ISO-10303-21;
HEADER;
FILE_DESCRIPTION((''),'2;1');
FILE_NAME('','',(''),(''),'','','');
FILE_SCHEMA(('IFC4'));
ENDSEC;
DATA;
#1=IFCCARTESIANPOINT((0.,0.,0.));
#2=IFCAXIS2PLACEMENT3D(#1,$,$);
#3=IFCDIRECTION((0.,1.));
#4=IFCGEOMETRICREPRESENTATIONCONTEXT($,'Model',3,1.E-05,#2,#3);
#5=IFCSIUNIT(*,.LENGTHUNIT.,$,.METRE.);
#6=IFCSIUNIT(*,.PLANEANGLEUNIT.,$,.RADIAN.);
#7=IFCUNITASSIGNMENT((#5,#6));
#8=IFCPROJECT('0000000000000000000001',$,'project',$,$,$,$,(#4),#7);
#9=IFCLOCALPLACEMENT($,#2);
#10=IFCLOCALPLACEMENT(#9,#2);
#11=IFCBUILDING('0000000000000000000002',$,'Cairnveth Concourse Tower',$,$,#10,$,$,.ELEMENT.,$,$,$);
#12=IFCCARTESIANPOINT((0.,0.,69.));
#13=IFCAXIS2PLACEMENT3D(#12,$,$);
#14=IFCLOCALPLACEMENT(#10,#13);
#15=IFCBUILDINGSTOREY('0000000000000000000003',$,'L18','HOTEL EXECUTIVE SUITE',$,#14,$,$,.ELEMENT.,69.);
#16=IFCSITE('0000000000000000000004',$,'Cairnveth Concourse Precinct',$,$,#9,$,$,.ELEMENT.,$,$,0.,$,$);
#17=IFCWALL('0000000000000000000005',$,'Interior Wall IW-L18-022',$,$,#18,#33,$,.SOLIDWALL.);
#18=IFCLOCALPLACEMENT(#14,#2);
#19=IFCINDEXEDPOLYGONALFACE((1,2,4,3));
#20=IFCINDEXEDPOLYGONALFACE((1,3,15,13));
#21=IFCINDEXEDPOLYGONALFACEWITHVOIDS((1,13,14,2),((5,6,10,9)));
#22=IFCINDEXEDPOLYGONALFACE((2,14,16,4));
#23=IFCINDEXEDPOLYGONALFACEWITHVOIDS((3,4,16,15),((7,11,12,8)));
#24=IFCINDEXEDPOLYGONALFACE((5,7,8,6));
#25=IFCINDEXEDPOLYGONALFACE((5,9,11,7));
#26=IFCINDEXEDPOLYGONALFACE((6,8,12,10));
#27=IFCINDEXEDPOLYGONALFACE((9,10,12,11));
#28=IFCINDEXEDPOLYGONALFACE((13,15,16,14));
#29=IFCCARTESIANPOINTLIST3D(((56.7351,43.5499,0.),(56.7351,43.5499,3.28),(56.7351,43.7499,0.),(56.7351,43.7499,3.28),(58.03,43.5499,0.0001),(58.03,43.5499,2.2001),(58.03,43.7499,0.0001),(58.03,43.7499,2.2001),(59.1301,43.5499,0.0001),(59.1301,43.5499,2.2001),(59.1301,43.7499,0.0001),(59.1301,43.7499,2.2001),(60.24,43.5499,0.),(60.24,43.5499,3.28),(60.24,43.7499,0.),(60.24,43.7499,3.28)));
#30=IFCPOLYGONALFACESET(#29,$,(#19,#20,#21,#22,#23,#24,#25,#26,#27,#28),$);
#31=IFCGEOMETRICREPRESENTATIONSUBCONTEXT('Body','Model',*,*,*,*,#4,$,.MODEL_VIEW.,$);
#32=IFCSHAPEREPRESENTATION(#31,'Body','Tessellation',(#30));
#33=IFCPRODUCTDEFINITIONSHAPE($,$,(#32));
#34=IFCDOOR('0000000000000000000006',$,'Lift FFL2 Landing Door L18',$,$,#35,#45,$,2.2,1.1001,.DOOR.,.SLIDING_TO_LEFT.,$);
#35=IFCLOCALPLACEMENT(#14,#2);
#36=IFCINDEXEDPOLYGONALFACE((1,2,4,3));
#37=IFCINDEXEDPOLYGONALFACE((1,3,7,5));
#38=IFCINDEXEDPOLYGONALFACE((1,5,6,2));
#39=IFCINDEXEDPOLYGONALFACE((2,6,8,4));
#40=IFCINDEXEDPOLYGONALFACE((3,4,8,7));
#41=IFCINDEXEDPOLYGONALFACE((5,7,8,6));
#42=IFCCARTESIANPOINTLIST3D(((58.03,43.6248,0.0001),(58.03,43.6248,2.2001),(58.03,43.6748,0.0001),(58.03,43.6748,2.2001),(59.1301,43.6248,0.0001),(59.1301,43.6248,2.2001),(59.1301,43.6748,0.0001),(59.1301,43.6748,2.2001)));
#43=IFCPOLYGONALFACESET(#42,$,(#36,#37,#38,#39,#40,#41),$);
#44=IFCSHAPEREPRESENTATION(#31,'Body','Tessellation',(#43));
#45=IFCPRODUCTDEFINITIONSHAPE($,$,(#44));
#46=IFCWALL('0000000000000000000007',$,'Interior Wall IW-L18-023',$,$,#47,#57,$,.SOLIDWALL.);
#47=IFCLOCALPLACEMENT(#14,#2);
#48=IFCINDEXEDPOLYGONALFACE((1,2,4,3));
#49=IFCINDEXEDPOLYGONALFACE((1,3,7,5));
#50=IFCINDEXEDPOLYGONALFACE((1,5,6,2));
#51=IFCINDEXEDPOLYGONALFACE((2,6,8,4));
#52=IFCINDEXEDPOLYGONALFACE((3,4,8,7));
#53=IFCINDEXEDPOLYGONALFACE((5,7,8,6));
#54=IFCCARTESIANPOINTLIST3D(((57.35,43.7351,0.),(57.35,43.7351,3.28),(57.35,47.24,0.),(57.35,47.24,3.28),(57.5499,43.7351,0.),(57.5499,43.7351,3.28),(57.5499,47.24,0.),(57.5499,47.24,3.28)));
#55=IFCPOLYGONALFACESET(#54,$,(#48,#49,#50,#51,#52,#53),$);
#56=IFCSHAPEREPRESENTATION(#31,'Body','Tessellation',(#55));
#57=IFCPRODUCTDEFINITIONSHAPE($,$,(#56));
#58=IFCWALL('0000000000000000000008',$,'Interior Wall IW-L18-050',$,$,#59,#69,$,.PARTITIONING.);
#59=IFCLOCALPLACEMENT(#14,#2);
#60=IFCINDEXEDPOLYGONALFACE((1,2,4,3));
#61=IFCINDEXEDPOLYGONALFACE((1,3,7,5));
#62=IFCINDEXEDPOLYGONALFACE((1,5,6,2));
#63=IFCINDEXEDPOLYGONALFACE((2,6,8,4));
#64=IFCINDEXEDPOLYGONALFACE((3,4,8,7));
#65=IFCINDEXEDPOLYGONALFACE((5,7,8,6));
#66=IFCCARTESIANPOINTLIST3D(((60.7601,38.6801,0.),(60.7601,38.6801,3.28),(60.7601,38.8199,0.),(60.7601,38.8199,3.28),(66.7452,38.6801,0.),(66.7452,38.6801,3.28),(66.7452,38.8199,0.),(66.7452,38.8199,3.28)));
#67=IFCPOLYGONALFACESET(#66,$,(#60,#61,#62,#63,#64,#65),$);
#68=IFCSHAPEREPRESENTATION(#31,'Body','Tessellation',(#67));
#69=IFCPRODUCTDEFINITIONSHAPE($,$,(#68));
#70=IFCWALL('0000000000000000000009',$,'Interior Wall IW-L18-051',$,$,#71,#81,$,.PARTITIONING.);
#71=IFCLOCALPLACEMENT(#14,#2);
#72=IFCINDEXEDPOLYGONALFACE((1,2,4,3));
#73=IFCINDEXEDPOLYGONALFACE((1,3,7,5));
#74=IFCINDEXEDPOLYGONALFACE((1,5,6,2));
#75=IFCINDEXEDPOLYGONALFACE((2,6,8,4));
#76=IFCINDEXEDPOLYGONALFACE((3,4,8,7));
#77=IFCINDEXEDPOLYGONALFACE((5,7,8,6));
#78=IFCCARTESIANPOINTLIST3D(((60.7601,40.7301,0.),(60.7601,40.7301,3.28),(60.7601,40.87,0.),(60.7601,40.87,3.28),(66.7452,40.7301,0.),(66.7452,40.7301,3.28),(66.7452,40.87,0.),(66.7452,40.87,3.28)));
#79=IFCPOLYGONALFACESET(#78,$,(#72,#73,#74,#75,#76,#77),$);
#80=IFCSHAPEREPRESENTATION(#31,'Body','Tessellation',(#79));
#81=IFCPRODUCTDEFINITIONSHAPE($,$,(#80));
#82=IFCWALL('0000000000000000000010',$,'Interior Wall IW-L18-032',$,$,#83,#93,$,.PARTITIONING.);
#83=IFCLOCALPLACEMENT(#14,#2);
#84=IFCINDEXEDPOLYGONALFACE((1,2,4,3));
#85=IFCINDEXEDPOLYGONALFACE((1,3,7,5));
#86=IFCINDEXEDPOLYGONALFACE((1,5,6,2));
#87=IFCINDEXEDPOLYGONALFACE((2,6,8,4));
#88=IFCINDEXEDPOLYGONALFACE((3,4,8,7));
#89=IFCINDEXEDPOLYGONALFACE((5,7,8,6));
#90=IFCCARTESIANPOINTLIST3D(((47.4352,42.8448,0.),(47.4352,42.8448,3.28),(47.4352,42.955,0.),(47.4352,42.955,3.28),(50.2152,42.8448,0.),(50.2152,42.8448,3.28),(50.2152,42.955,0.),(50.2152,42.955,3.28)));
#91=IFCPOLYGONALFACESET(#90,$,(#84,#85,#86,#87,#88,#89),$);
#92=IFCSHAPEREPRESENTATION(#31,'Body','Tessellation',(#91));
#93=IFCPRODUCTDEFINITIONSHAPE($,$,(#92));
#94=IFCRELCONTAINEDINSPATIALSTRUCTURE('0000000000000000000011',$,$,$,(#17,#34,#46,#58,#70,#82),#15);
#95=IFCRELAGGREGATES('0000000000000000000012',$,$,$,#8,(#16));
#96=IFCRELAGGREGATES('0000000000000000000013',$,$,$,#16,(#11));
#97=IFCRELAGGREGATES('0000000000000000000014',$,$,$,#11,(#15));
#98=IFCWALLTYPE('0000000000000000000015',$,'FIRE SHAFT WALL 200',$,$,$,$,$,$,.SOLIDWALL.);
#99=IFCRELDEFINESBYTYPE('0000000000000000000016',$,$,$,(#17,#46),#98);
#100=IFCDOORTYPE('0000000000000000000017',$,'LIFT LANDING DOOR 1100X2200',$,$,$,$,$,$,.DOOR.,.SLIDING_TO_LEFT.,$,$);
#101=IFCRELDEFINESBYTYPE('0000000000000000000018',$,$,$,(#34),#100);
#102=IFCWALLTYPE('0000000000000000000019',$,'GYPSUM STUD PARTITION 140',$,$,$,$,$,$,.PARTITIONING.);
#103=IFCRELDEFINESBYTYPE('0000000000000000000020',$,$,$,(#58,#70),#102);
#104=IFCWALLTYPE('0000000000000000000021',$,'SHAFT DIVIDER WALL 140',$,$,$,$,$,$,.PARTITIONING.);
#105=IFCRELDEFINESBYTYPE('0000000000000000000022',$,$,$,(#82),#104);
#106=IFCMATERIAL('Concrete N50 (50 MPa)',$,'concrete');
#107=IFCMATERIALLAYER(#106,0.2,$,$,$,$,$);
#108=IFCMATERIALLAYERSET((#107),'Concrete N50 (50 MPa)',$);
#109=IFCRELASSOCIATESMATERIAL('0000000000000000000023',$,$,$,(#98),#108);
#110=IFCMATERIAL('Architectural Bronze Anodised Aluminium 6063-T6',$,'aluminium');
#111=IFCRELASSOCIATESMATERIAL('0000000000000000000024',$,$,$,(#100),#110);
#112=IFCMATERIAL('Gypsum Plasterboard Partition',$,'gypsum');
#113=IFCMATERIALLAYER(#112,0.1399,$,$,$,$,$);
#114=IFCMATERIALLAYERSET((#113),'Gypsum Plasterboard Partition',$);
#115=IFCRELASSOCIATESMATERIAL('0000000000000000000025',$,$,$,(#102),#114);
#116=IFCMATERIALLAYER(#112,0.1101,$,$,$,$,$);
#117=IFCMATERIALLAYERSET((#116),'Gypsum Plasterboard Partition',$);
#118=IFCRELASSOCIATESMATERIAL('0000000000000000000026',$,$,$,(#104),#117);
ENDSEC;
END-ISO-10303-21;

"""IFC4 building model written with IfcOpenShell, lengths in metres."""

from ifc_helpers import new_model, si_unit, direction, frame, frame_2d, origin, place, context, subcontext, project, spatial, rectangle, extrude, material, layer, layer_set, type_object, element, fill, save


model = new_model("IFC4")

# Units and contexts
model_context = context("Model", 3, precision=1e-05, world=origin(), true_north=direction((0.0, 1.0)))
body_context = subcontext(model_context, "Body", "Model", "MODEL_VIEW")
ifc_project = project(units=[si_unit("LENGTHUNIT", "METRE"), si_unit("PLANEANGLEUNIT", "RADIAN")], contexts=[model_context])

# Site, building, storey
site_placement = place(None, origin())
site = spatial("IfcSite", under=ifc_project, at=site_placement, Name="Cairnveth Concourse Precinct", CompositionType="ELEMENT", RefElevation=0.0)
building_placement = place(site_placement, origin())
building = spatial("IfcBuilding", under=site, at=building_placement, Name="Cairnveth Concourse Tower", CompositionType="ELEMENT")
storey_placement = place(building_placement, frame((0.0, 0.0, 69.0)))
storey = spatial("IfcBuildingStorey", under=building, at=storey_placement, Name="L18", Description="HOTEL EXECUTIVE SUITE", CompositionType="ELEMENT", Elevation=69.0)

# Shared definitions
ifc_material_1 = material(Name="Concrete N50 (50 MPa)", Category="concrete")
ifc_layer_1 = layer(ifc_material_1, 0.2)
ifc_layer_set_1 = layer_set([ifc_layer_1], Name="Concrete N50 (50 MPa)")
wall_type_1 = type_object("IfcWallType", Name="FIRE SHAFT WALL 200", PredefinedType="SOLIDWALL", material=ifc_layer_set_1)

# Wall, opening, door
wall_1_placement = place(storey_placement, frame((56.7351, 43.6499, 0.0), z_axis=(0.0, 0.0, 1.0), x_axis=(1.0, 0.0, 0.0)))
wall_1 = element("IfcWall", 1, at=wall_1_placement, inside=storey, type_object=wall_type_1, Name="Interior Wall IW-L18-022", PredefinedType="SOLIDWALL", context=body_context, shape_type="SweptSolid", body=[
    extrude(rectangle(XDim=3.5049, YDim=0.2, at=frame_2d((1.7524, 0.0))), origin(), (0.0, 0.0, 1.0), 3.28),
])
opening_1_placement = place(wall_1_placement, frame((1.2949, 0.0, 0.0)))
opening_1 = element("IfcOpeningElement", 2, at=opening_1_placement, cuts=wall_1, PredefinedType="OPENING", context=body_context, shape_type="SweptSolid", body=[
    extrude(rectangle(XDim=1.1001, YDim=2.2, at=frame_2d((0.55, 1.1001))), frame((0.0, 0.1099, 0.0), z_axis=(0.0, -1.0, 0.0), x_axis=(1.0, 0.0, 0.0)), (0.0, 0.0, 1.0), 0.22),
])
ifc_material_2 = material(Name="Architectural Bronze Anodised Aluminium 6063-T6", Category="aluminium")
door_type_1 = type_object("IfcDoorType", Name="LIFT LANDING DOOR 1100X2200", OperationType="SLIDING_TO_LEFT", PredefinedType="DOOR", material=ifc_material_2)
door_1_placement = place(opening_1_placement, origin())
door_1 = element("IfcDoor", 3, at=door_1_placement, inside=storey, type_object=door_type_1, Name="Lift FFL2 Landing Door L18", OperationType="SLIDING_TO_LEFT", OverallHeight=2.2, OverallWidth=1.1001, PredefinedType="DOOR", context=body_context, shape_type="SweptSolid", body=[
    extrude(rectangle(XDim=1.1001, YDim=2.2, at=frame_2d((0.55, 1.1001))), frame((0.0, 0.0249, 0.0), z_axis=(0.0, -1.0, 0.0), x_axis=(1.0, 0.0, 0.0)), (0.0, 0.0, 1.0), 0.05),
])
fill(opening_1, door_1)

# Walls
wall_2_placement = place(storey_placement, frame((57.45, 43.7351, 0.0), z_axis=(0.0, 0.0, 1.0), x_axis=(0.0, 1.0, 0.0)))
element("IfcWall", 4, at=wall_2_placement, inside=storey, type_object=wall_type_1, Name="Interior Wall IW-L18-023", PredefinedType="SOLIDWALL", context=body_context, shape_type="SweptSolid", body=[
    extrude(rectangle(XDim=3.5049, YDim=0.2, at=frame_2d((1.7524, 0.0))), origin(), (0.0, 0.0, 1.0), 3.28),
])
ifc_material_3 = material(Name="Gypsum Plasterboard Partition", Category="gypsum")
ifc_layer_2 = layer(ifc_material_3, 0.1399)
ifc_layer_set_2 = layer_set([ifc_layer_2], Name="Gypsum Plasterboard Partition")
wall_type_2 = type_object("IfcWallType", Name="GYPSUM STUD PARTITION 140", PredefinedType="PARTITIONING", material=ifc_layer_set_2)
for number, where, z_axis, x_axis, name in (
    (5, (60.76, 38.75, 0.0), (0.0, 0.0, 1.0), (1.0, 0.0, 0.0), "Interior Wall IW-L18-050"),
    (6, (60.76, 40.8, 0.0), (0.0, 0.0, 1.0), (1.0, 0.0, 0.0), "Interior Wall IW-L18-051"),
):
    element("IfcWall", number, at=place(storey_placement, frame(where, z_axis=z_axis, x_axis=x_axis)), inside=storey, type_object=wall_type_2, Name=name, PredefinedType="PARTITIONING", context=body_context, shape_type="SweptSolid", body=[
        extrude(rectangle(XDim=5.9851, YDim=0.1399, at=frame_2d((2.9927, 0.0))), origin(), (0.0, 0.0, 1.0), 3.28),
    ])
ifc_layer_3 = layer(ifc_material_3, 0.1101)
ifc_layer_set_3 = layer_set([ifc_layer_3], Name="Gypsum Plasterboard Partition")
wall_type_3 = type_object("IfcWallType", Name="SHAFT DIVIDER WALL 140", PredefinedType="PARTITIONING", material=ifc_layer_set_3)
wall_3_placement = place(storey_placement, frame((47.4351, 42.8999, 0.0), z_axis=(0.0, 0.0, 1.0), x_axis=(1.0, 0.0, 0.0)))
element("IfcWall", 7, at=wall_3_placement, inside=storey, type_object=wall_type_3, Name="Interior Wall IW-L18-032", PredefinedType="PARTITIONING", context=body_context, shape_type="SweptSolid", body=[
    extrude(rectangle(XDim=2.78, YDim=0.1101, at=frame_2d((1.3901, 0.0))), origin(), (0.0, 0.0, 1.0), 3.28),
])

save(model, "model.ifc")
